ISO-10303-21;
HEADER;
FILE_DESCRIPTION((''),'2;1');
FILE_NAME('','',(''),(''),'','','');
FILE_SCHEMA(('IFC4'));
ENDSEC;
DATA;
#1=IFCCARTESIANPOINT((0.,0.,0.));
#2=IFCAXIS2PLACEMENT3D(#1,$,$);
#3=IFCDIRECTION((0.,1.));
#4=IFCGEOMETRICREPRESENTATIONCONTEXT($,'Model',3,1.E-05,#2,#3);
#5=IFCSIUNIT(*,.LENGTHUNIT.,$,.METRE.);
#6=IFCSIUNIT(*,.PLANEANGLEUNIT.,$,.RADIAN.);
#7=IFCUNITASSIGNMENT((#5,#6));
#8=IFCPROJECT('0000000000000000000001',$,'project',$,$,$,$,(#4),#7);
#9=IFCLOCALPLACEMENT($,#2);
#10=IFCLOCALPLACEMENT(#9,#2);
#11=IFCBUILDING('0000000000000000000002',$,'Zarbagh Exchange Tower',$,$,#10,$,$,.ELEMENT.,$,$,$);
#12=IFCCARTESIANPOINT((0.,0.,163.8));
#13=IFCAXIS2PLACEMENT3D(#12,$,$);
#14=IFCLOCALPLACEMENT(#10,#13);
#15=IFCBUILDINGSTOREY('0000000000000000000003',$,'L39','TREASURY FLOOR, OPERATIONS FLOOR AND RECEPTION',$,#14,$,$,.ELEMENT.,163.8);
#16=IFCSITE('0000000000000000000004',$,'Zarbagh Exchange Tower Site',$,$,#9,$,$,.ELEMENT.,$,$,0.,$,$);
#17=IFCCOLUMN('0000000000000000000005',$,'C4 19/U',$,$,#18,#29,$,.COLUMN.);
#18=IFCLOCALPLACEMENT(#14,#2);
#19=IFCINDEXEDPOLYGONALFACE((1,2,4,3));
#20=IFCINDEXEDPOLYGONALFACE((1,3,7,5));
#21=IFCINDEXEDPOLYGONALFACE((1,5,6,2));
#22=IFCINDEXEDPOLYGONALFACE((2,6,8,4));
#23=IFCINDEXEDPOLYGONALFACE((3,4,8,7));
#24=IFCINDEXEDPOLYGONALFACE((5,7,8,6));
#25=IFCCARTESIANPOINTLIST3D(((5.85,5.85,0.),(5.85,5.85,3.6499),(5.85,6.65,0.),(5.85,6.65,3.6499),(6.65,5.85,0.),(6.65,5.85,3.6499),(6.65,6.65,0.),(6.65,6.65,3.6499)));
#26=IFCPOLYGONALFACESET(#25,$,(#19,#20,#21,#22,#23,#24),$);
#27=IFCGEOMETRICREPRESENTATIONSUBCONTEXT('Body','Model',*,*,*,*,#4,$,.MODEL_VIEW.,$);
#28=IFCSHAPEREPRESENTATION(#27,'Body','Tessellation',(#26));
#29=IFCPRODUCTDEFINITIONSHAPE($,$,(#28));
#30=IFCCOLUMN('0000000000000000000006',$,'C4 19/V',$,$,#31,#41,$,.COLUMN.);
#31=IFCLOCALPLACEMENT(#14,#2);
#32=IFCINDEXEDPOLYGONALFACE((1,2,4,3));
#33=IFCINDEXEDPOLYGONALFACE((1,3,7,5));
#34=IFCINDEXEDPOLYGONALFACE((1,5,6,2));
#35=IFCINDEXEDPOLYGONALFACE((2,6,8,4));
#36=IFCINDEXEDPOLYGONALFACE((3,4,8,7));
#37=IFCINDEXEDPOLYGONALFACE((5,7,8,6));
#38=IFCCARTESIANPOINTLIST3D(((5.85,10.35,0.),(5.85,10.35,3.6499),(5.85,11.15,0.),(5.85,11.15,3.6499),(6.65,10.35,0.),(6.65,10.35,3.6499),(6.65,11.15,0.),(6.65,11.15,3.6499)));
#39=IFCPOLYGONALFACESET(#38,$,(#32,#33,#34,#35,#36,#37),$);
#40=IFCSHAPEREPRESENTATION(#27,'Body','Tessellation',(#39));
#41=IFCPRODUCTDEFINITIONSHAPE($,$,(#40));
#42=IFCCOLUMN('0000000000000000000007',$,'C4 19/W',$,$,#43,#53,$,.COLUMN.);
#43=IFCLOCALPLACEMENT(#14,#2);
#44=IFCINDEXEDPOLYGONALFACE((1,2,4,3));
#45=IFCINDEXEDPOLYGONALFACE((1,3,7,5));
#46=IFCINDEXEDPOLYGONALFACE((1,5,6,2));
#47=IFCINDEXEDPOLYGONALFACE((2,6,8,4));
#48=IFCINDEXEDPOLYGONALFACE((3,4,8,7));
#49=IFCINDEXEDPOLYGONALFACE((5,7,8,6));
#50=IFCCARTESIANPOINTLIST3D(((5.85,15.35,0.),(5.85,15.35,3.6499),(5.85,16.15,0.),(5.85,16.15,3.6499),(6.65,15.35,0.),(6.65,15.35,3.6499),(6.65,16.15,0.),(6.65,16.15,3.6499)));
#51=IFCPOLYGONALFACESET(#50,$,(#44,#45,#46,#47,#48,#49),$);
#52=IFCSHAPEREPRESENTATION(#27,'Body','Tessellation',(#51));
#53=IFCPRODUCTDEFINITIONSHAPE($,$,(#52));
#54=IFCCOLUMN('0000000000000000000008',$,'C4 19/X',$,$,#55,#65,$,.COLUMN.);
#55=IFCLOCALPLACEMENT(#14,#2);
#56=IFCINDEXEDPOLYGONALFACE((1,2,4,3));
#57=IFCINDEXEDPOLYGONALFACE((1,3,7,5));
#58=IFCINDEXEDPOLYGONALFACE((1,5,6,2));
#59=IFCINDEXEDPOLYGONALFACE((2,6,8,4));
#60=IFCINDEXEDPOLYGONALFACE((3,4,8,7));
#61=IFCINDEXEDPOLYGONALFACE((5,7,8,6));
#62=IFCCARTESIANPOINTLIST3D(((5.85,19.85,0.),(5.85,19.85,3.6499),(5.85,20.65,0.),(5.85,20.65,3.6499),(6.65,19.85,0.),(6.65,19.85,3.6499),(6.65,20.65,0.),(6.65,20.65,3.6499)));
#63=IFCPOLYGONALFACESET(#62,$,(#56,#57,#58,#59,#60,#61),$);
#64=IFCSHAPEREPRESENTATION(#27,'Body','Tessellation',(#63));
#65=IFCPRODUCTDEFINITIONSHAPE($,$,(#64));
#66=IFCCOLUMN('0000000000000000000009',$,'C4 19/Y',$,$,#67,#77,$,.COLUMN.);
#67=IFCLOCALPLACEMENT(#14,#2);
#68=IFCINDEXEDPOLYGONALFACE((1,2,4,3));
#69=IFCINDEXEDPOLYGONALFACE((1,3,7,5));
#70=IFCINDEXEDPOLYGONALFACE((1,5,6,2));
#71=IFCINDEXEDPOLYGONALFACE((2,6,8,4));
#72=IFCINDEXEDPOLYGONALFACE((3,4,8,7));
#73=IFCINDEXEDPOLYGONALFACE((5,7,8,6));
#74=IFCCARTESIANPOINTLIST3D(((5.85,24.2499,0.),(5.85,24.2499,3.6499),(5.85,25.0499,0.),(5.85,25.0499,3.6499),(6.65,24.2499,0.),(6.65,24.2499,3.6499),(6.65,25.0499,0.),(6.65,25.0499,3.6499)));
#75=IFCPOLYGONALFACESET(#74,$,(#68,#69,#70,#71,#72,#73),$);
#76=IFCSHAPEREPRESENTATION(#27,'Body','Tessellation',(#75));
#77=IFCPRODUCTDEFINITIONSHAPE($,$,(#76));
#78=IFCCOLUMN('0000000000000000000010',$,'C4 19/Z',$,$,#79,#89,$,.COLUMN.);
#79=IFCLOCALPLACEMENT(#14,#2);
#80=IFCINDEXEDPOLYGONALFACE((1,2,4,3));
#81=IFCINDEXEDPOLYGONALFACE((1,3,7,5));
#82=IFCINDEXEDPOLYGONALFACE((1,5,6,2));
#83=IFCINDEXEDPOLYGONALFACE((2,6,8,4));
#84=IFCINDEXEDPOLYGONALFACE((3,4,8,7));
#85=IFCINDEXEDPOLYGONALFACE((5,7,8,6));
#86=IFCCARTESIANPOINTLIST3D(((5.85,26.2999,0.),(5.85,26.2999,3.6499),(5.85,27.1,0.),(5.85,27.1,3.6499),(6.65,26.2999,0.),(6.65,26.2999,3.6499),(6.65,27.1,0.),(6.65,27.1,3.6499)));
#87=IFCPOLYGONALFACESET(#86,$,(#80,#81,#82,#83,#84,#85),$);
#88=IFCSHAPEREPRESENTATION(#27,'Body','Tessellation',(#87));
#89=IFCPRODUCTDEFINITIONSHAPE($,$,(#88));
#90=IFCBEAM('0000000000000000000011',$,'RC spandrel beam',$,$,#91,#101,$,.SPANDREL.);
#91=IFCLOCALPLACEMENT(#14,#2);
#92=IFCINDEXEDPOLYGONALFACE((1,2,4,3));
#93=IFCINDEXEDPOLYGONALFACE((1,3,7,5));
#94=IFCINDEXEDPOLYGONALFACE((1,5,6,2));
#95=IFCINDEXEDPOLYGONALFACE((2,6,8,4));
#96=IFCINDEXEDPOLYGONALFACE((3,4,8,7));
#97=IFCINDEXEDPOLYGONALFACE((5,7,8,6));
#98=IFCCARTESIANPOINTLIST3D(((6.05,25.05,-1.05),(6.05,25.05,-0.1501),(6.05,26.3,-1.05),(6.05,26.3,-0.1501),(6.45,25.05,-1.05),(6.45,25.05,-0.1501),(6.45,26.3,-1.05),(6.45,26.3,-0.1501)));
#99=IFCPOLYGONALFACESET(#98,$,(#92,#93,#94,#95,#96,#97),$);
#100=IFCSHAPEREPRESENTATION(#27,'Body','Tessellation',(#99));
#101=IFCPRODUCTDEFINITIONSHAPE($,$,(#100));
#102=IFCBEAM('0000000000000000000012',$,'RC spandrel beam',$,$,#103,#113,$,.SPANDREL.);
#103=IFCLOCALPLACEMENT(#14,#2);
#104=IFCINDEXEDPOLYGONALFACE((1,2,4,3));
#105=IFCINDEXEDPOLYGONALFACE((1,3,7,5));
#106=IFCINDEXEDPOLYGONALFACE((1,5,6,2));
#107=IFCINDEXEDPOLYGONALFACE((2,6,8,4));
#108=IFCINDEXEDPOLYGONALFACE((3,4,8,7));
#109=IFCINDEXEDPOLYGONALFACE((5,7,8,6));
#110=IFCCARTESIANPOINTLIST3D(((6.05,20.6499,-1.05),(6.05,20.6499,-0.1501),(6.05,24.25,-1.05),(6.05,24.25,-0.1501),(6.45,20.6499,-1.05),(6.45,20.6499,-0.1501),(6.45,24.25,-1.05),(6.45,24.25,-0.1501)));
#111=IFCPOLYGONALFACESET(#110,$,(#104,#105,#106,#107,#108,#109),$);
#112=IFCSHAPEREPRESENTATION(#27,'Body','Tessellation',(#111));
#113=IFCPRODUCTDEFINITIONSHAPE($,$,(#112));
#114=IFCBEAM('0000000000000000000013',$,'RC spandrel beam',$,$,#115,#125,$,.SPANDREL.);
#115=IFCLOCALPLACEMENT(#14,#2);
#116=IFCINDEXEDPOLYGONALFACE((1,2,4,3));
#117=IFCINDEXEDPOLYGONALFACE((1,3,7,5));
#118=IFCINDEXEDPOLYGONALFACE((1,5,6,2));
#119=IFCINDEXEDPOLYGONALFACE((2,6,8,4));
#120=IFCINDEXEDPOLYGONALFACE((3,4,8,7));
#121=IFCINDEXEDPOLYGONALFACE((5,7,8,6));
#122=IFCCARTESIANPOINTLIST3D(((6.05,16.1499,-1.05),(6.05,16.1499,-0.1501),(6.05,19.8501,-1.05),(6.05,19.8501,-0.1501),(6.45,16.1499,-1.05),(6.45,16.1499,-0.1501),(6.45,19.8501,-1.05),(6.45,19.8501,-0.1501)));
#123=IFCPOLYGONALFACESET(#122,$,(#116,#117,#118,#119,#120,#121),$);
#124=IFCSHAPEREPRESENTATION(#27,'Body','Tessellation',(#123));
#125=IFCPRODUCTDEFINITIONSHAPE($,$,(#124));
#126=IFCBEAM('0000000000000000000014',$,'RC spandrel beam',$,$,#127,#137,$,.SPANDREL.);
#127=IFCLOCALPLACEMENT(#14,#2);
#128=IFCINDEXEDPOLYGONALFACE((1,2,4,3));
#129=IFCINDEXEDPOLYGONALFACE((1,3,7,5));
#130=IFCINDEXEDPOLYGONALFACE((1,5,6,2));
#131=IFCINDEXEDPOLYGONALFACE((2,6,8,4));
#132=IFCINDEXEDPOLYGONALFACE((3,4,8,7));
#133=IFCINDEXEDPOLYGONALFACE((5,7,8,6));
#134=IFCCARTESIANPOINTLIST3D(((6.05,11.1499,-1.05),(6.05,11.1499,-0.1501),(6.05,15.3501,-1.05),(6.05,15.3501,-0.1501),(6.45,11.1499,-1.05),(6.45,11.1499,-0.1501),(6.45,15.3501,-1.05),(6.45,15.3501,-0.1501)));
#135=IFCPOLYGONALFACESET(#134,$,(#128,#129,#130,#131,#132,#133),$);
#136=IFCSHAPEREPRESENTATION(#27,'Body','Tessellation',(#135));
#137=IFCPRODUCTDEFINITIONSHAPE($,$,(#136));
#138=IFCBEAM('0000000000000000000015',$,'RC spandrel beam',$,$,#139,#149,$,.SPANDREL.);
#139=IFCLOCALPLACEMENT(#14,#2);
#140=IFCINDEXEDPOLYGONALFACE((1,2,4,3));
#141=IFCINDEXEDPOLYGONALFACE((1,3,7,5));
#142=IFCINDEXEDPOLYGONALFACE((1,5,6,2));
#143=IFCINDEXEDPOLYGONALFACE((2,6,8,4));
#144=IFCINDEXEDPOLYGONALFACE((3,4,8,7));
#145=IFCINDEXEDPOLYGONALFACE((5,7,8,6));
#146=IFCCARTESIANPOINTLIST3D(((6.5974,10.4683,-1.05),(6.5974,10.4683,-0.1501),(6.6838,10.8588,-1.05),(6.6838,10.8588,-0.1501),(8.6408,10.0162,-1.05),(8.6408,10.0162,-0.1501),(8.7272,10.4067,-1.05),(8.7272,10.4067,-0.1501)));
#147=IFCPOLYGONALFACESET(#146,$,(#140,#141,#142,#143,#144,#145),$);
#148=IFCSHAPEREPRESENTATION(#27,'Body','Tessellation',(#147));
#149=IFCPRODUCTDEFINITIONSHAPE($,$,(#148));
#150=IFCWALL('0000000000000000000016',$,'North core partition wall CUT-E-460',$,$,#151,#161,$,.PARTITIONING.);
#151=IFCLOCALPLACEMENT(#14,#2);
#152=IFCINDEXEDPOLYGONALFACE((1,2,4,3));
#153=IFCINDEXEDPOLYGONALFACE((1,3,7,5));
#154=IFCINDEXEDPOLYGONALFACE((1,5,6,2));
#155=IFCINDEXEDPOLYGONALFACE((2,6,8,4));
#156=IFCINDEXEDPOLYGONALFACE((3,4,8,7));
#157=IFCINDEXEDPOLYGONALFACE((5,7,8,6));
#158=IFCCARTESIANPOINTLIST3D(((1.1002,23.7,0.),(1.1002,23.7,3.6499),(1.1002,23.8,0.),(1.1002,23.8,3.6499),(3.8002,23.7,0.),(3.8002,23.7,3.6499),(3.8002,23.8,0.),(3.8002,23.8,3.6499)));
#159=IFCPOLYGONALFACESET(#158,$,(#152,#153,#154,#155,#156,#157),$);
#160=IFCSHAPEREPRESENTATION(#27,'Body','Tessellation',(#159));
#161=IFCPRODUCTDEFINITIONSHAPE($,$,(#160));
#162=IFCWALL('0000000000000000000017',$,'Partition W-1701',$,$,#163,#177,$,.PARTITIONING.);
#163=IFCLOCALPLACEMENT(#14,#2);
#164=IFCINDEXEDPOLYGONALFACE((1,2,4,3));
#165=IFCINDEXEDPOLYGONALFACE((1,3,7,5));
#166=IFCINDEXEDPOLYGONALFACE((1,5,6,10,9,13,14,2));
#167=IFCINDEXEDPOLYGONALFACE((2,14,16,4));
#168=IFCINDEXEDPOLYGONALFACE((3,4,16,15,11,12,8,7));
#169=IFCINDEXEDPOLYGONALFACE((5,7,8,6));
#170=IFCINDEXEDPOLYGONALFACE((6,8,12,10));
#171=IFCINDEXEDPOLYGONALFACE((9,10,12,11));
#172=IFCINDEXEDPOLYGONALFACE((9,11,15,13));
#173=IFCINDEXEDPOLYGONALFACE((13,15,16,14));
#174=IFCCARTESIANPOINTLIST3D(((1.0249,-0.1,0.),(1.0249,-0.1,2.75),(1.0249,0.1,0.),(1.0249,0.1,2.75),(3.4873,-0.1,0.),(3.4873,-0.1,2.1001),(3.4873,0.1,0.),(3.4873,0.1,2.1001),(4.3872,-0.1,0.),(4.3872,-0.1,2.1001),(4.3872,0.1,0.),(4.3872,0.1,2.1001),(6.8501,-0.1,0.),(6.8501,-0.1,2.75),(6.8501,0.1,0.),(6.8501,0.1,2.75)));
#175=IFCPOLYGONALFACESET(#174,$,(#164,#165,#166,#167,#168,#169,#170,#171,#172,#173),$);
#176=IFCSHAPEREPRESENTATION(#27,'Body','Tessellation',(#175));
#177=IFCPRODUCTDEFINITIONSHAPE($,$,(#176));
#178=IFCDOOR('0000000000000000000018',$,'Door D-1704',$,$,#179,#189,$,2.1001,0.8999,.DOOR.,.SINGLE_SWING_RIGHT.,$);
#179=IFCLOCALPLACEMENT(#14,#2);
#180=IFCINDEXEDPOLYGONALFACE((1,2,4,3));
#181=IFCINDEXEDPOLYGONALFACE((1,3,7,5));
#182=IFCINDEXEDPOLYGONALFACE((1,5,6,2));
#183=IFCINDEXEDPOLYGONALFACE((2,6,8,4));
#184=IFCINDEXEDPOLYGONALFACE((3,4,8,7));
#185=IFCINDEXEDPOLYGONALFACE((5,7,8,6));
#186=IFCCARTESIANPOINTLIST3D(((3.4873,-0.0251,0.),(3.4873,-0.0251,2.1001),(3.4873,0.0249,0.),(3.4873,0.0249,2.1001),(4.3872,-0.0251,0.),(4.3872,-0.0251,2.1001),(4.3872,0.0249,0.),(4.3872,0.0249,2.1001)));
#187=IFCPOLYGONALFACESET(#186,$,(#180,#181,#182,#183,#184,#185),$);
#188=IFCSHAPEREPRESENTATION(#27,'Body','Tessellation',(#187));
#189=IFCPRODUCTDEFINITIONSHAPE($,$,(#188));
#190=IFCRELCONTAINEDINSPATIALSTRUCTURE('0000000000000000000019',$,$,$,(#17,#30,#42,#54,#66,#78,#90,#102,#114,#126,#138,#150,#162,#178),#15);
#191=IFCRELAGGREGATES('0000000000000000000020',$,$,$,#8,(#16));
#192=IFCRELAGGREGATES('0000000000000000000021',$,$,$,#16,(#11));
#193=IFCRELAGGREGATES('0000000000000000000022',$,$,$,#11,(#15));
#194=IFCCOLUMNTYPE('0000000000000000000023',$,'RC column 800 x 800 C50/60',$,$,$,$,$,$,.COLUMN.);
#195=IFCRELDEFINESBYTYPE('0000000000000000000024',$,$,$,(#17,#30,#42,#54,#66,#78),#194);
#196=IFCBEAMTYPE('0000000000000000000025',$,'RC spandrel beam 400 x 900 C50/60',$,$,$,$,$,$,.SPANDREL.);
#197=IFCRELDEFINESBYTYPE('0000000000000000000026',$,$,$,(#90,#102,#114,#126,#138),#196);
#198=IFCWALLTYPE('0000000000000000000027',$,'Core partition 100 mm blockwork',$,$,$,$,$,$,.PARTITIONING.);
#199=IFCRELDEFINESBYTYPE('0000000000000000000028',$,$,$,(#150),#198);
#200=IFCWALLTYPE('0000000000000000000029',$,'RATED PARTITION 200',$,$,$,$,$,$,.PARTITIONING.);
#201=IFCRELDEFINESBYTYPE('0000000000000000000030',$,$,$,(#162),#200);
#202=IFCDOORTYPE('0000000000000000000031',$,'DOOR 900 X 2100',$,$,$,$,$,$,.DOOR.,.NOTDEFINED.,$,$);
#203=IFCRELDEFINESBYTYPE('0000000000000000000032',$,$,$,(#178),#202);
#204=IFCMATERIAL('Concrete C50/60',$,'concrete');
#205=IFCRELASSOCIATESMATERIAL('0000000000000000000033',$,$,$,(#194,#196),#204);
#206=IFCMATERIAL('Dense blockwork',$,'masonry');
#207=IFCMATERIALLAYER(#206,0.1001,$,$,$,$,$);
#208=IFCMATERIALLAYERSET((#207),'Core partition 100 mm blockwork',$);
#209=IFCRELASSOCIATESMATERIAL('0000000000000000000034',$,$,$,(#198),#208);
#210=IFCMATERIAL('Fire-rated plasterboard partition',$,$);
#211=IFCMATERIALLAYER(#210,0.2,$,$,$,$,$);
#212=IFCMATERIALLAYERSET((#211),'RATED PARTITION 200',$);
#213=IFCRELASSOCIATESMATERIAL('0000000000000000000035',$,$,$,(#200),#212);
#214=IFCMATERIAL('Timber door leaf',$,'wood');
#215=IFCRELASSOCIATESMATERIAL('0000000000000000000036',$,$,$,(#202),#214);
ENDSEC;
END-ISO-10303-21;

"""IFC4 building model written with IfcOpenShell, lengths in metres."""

from ifc_helpers import new_model, si_unit, direction, frame, frame_2d, origin, origin_2d, place, context, subcontext, project, spatial, rectangle, extrude, material, layer, layer_set, material_profile, profile_set, type_object, element, fill, save


model = new_model("IFC4")

# Units and contexts
model_context = context("Model", 3, precision=1e-05, world=origin(), true_north=direction((0.0, 1.0)))
body_context = subcontext(model_context, "Body", "Model", "MODEL_VIEW")
ifc_project = project(units=[si_unit("LENGTHUNIT", "METRE"), si_unit("PLANEANGLEUNIT", "RADIAN")], contexts=[model_context])

# Site, building, storey
site_placement = place(None, origin())
site = spatial("IfcSite", under=ifc_project, at=site_placement, Name="Zarbagh Exchange Tower Site", CompositionType="ELEMENT", RefElevation=0.0)
building_placement = place(site_placement, origin())
building = spatial("IfcBuilding", under=site, at=building_placement, Name="Zarbagh Exchange Tower", CompositionType="ELEMENT")
storey_placement = place(building_placement, frame((0.0, 0.0, 163.8)))
storey = spatial("IfcBuildingStorey", under=building, at=storey_placement, Name="L39", Description="TREASURY FLOOR, OPERATIONS FLOOR AND RECEPTION", CompositionType="ELEMENT", Elevation=163.8)

# Columns
ifc_material_1 = material(Name="Concrete C50/60", Category="concrete")
ifc_material_profile_1 = material_profile(ifc_material_1, rectangle(XDim=0.8, YDim=0.8, at=origin_2d()), Name="RC column 800 x 800 C50/60")
ifc_profile_set_1 = profile_set([ifc_material_profile_1], Name="Concrete C50/60")
column_type = type_object("IfcColumnType", Name="RC column 800 x 800 C50/60", PredefinedType="COLUMN", material=ifc_profile_set_1)
for number, where, z_axis, x_axis, name in (
    (1, (6.25, 6.25, 0.0), (0.0, 0.0, 1.0), (1.0, 0.0, 0.0), "C4 19/U"),
    (2, (6.25, 10.75, 0.0), (0.0, 0.0, 1.0), (1.0, 0.0, 0.0), "C4 19/V"),
    (3, (6.25, 15.75, 0.0), (0.0, 0.0, 1.0), (1.0, 0.0, 0.0), "C4 19/W"),
    (4, (6.25, 20.25, 0.0), (0.0, 0.0, 1.0), (1.0, 0.0, 0.0), "C4 19/X"),
    (5, (6.25, 24.6499, 0.0), (0.0, 0.0, 1.0), (1.0, 0.0, 0.0), "C4 19/Y"),
    (6, (6.25, 26.7, 0.0), (0.0, 0.0, 1.0), (1.0, 0.0, 0.0), "C4 19/Z"),
):
    element("IfcColumn", number, at=place(storey_placement, frame(where, z_axis=z_axis, x_axis=x_axis)), inside=storey, type_object=column_type, Name=name, PredefinedType="COLUMN", context=body_context, shape_type="SweptSolid", body=[
        extrude(rectangle(XDim=0.8, YDim=0.8, at=origin_2d()), origin(), (0.0, 0.0, 1.0), 3.6499),
    ])

# Beams
ifc_material_profile_2 = material_profile(ifc_material_1, rectangle(XDim=0.3999, YDim=0.8999, at=origin_2d()), Name="RC spandrel beam 400 x 900 C50/60")
ifc_profile_set_2 = profile_set([ifc_material_profile_2], Name="Concrete C50/60")
beam_type = type_object("IfcBeamType", Name="RC spandrel beam 400 x 900 C50/60", PredefinedType="SPANDREL", material=ifc_profile_set_2)
beam_1_placement = place(storey_placement, frame((6.25, 26.3, -0.6001), z_axis=(0.0, -1.0, 0.0), x_axis=(1.0, 0.0, 0.0)))
element("IfcBeam", 7, at=beam_1_placement, inside=storey, type_object=beam_type, Name="RC spandrel beam", PredefinedType="SPANDREL", context=body_context, shape_type="SweptSolid", body=[
    extrude(rectangle(XDim=0.3999, YDim=0.8999, at=origin_2d()), origin(), (0.0, 0.0, 1.0), 1.25),
])
beam_2_placement = place(storey_placement, frame((6.25, 24.25, -0.6001), z_axis=(0.0, -1.0, 0.0), x_axis=(1.0, 0.0, 0.0)))
element("IfcBeam", 8, at=beam_2_placement, inside=storey, type_object=beam_type, Name="RC spandrel beam", PredefinedType="SPANDREL", context=body_context, shape_type="SweptSolid", body=[
    extrude(rectangle(XDim=0.3999, YDim=0.8999, at=origin_2d()), origin(), (0.0, 0.0, 1.0), 3.6001),
])
beam_3_placement = place(storey_placement, frame((6.25, 19.8501, -0.6001), z_axis=(0.0, -1.0, 0.0), x_axis=(1.0, 0.0, 0.0)))
element("IfcBeam", 9, at=beam_3_placement, inside=storey, type_object=beam_type, Name="RC spandrel beam", PredefinedType="SPANDREL", context=body_context, shape_type="SweptSolid", body=[
    extrude(rectangle(XDim=0.3999, YDim=0.8999, at=origin_2d()), origin(), (0.0, 0.0, 1.0), 3.7002),
])
beam_4_placement = place(storey_placement, frame((6.25, 15.3501, -0.6001), z_axis=(0.0, -1.0, 0.0), x_axis=(1.0, 0.0, 0.0)))
element("IfcBeam", 10, at=beam_4_placement, inside=storey, type_object=beam_type, Name="RC spandrel beam", PredefinedType="SPANDREL", context=body_context, shape_type="SweptSolid", body=[
    extrude(rectangle(XDim=0.3999, YDim=0.8999, at=origin_2d()), origin(), (0.0, 0.0, 1.0), 4.2002),
])
beam_5_placement = place(storey_placement, frame((6.6406, 10.6636, -0.6001), z_axis=(0.976384, -0.216041, 0.0), x_axis=(0.216041, 0.976384, 0.0)))
element("IfcBeam", 11, at=beam_5_placement, inside=storey, type_object=beam_type, Name="RC spandrel beam", PredefinedType="SPANDREL", context=body_context, shape_type="SweptSolid", body=[
    extrude(rectangle(XDim=0.3999, YDim=0.8999, at=origin_2d()), origin(), (0.0, 0.0, 1.0), 2.0928),
])

# Wall
ifc_material_2 = material(Name="Dense blockwork", Category="masonry")
ifc_layer_1 = layer(ifc_material_2, 0.1001)
ifc_layer_set_1 = layer_set([ifc_layer_1], Name="Core partition 100 mm blockwork")
wall_type_1 = type_object("IfcWallType", Name="Core partition 100 mm blockwork", PredefinedType="PARTITIONING", material=ifc_layer_set_1)
wall_1_placement = place(storey_placement, frame((1.1001, 23.75, 0.0), z_axis=(0.0, 0.0, 1.0), x_axis=(1.0, 0.0, 0.0)))
element("IfcWall", 12, at=wall_1_placement, inside=storey, type_object=wall_type_1, Name="North core partition wall CUT-E-460", PredefinedType="PARTITIONING", context=body_context, shape_type="SweptSolid", body=[
    extrude(rectangle(XDim=2.7, YDim=0.1001, at=frame_2d((1.3501, 0.0))), origin(), (0.0, 0.0, 1.0), 3.6499),
])

# Wall, opening, door
ifc_material_3 = material(Name="Fire-rated plasterboard partition")
ifc_layer_2 = layer(ifc_material_3, 0.2)
ifc_layer_set_2 = layer_set([ifc_layer_2], Name="RATED PARTITION 200")
wall_type_2 = type_object("IfcWallType", Name="RATED PARTITION 200", PredefinedType="PARTITIONING", material=ifc_layer_set_2)
wall_2_placement = place(storey_placement, frame((1.0249, 0.0, 0.0), z_axis=(0.0, 0.0, 1.0), x_axis=(1.0, 0.0, 0.0)))
wall_2 = element("IfcWall", 13, at=wall_2_placement, inside=storey, type_object=wall_type_2, Name="Partition W-1701", PredefinedType="PARTITIONING", context=body_context, shape_type="SweptSolid", body=[
    extrude(rectangle(XDim=5.8252, YDim=0.2, at=frame_2d((2.9126, 0.0))), origin(), (0.0, 0.0, 1.0), 2.75),
])
opening_1_placement = place(wall_2_placement, frame((2.4624, 0.0, 0.0)))
opening_1 = element("IfcOpeningElement", 14, at=opening_1_placement, cuts=wall_2, PredefinedType="OPENING", context=body_context, shape_type="SweptSolid", body=[
    extrude(rectangle(XDim=0.8999, YDim=2.1001, at=frame_2d((0.45, 1.05))), frame((0.0, 0.1099, 0.0), z_axis=(0.0, -1.0, 0.0), x_axis=(1.0, 0.0, 0.0)), (0.0, 0.0, 1.0), 0.22),
])
ifc_material_4 = material(Name="Timber door leaf", Category="wood")
door_type_1 = type_object("IfcDoorType", Name="DOOR 900 X 2100", OperationType="NOTDEFINED", PredefinedType="DOOR", material=ifc_material_4)
door_1_placement = place(opening_1_placement, origin())
door_1 = element("IfcDoor", 15, at=door_1_placement, inside=storey, type_object=door_type_1, Name="Door D-1704", OperationType="SINGLE_SWING_RIGHT", OverallHeight=2.1001, OverallWidth=0.8999, PredefinedType="DOOR", context=body_context, shape_type="SweptSolid", body=[
    extrude(rectangle(XDim=0.8999, YDim=2.1001, at=frame_2d((0.45, 1.05))), frame((0.0, 0.0249, 0.0), z_axis=(0.0, -1.0, 0.0), x_axis=(1.0, 0.0, 0.0)), (0.0, 0.0, 1.0), 0.05),
])
fill(opening_1, door_1)

save(model, "model.ifc")
